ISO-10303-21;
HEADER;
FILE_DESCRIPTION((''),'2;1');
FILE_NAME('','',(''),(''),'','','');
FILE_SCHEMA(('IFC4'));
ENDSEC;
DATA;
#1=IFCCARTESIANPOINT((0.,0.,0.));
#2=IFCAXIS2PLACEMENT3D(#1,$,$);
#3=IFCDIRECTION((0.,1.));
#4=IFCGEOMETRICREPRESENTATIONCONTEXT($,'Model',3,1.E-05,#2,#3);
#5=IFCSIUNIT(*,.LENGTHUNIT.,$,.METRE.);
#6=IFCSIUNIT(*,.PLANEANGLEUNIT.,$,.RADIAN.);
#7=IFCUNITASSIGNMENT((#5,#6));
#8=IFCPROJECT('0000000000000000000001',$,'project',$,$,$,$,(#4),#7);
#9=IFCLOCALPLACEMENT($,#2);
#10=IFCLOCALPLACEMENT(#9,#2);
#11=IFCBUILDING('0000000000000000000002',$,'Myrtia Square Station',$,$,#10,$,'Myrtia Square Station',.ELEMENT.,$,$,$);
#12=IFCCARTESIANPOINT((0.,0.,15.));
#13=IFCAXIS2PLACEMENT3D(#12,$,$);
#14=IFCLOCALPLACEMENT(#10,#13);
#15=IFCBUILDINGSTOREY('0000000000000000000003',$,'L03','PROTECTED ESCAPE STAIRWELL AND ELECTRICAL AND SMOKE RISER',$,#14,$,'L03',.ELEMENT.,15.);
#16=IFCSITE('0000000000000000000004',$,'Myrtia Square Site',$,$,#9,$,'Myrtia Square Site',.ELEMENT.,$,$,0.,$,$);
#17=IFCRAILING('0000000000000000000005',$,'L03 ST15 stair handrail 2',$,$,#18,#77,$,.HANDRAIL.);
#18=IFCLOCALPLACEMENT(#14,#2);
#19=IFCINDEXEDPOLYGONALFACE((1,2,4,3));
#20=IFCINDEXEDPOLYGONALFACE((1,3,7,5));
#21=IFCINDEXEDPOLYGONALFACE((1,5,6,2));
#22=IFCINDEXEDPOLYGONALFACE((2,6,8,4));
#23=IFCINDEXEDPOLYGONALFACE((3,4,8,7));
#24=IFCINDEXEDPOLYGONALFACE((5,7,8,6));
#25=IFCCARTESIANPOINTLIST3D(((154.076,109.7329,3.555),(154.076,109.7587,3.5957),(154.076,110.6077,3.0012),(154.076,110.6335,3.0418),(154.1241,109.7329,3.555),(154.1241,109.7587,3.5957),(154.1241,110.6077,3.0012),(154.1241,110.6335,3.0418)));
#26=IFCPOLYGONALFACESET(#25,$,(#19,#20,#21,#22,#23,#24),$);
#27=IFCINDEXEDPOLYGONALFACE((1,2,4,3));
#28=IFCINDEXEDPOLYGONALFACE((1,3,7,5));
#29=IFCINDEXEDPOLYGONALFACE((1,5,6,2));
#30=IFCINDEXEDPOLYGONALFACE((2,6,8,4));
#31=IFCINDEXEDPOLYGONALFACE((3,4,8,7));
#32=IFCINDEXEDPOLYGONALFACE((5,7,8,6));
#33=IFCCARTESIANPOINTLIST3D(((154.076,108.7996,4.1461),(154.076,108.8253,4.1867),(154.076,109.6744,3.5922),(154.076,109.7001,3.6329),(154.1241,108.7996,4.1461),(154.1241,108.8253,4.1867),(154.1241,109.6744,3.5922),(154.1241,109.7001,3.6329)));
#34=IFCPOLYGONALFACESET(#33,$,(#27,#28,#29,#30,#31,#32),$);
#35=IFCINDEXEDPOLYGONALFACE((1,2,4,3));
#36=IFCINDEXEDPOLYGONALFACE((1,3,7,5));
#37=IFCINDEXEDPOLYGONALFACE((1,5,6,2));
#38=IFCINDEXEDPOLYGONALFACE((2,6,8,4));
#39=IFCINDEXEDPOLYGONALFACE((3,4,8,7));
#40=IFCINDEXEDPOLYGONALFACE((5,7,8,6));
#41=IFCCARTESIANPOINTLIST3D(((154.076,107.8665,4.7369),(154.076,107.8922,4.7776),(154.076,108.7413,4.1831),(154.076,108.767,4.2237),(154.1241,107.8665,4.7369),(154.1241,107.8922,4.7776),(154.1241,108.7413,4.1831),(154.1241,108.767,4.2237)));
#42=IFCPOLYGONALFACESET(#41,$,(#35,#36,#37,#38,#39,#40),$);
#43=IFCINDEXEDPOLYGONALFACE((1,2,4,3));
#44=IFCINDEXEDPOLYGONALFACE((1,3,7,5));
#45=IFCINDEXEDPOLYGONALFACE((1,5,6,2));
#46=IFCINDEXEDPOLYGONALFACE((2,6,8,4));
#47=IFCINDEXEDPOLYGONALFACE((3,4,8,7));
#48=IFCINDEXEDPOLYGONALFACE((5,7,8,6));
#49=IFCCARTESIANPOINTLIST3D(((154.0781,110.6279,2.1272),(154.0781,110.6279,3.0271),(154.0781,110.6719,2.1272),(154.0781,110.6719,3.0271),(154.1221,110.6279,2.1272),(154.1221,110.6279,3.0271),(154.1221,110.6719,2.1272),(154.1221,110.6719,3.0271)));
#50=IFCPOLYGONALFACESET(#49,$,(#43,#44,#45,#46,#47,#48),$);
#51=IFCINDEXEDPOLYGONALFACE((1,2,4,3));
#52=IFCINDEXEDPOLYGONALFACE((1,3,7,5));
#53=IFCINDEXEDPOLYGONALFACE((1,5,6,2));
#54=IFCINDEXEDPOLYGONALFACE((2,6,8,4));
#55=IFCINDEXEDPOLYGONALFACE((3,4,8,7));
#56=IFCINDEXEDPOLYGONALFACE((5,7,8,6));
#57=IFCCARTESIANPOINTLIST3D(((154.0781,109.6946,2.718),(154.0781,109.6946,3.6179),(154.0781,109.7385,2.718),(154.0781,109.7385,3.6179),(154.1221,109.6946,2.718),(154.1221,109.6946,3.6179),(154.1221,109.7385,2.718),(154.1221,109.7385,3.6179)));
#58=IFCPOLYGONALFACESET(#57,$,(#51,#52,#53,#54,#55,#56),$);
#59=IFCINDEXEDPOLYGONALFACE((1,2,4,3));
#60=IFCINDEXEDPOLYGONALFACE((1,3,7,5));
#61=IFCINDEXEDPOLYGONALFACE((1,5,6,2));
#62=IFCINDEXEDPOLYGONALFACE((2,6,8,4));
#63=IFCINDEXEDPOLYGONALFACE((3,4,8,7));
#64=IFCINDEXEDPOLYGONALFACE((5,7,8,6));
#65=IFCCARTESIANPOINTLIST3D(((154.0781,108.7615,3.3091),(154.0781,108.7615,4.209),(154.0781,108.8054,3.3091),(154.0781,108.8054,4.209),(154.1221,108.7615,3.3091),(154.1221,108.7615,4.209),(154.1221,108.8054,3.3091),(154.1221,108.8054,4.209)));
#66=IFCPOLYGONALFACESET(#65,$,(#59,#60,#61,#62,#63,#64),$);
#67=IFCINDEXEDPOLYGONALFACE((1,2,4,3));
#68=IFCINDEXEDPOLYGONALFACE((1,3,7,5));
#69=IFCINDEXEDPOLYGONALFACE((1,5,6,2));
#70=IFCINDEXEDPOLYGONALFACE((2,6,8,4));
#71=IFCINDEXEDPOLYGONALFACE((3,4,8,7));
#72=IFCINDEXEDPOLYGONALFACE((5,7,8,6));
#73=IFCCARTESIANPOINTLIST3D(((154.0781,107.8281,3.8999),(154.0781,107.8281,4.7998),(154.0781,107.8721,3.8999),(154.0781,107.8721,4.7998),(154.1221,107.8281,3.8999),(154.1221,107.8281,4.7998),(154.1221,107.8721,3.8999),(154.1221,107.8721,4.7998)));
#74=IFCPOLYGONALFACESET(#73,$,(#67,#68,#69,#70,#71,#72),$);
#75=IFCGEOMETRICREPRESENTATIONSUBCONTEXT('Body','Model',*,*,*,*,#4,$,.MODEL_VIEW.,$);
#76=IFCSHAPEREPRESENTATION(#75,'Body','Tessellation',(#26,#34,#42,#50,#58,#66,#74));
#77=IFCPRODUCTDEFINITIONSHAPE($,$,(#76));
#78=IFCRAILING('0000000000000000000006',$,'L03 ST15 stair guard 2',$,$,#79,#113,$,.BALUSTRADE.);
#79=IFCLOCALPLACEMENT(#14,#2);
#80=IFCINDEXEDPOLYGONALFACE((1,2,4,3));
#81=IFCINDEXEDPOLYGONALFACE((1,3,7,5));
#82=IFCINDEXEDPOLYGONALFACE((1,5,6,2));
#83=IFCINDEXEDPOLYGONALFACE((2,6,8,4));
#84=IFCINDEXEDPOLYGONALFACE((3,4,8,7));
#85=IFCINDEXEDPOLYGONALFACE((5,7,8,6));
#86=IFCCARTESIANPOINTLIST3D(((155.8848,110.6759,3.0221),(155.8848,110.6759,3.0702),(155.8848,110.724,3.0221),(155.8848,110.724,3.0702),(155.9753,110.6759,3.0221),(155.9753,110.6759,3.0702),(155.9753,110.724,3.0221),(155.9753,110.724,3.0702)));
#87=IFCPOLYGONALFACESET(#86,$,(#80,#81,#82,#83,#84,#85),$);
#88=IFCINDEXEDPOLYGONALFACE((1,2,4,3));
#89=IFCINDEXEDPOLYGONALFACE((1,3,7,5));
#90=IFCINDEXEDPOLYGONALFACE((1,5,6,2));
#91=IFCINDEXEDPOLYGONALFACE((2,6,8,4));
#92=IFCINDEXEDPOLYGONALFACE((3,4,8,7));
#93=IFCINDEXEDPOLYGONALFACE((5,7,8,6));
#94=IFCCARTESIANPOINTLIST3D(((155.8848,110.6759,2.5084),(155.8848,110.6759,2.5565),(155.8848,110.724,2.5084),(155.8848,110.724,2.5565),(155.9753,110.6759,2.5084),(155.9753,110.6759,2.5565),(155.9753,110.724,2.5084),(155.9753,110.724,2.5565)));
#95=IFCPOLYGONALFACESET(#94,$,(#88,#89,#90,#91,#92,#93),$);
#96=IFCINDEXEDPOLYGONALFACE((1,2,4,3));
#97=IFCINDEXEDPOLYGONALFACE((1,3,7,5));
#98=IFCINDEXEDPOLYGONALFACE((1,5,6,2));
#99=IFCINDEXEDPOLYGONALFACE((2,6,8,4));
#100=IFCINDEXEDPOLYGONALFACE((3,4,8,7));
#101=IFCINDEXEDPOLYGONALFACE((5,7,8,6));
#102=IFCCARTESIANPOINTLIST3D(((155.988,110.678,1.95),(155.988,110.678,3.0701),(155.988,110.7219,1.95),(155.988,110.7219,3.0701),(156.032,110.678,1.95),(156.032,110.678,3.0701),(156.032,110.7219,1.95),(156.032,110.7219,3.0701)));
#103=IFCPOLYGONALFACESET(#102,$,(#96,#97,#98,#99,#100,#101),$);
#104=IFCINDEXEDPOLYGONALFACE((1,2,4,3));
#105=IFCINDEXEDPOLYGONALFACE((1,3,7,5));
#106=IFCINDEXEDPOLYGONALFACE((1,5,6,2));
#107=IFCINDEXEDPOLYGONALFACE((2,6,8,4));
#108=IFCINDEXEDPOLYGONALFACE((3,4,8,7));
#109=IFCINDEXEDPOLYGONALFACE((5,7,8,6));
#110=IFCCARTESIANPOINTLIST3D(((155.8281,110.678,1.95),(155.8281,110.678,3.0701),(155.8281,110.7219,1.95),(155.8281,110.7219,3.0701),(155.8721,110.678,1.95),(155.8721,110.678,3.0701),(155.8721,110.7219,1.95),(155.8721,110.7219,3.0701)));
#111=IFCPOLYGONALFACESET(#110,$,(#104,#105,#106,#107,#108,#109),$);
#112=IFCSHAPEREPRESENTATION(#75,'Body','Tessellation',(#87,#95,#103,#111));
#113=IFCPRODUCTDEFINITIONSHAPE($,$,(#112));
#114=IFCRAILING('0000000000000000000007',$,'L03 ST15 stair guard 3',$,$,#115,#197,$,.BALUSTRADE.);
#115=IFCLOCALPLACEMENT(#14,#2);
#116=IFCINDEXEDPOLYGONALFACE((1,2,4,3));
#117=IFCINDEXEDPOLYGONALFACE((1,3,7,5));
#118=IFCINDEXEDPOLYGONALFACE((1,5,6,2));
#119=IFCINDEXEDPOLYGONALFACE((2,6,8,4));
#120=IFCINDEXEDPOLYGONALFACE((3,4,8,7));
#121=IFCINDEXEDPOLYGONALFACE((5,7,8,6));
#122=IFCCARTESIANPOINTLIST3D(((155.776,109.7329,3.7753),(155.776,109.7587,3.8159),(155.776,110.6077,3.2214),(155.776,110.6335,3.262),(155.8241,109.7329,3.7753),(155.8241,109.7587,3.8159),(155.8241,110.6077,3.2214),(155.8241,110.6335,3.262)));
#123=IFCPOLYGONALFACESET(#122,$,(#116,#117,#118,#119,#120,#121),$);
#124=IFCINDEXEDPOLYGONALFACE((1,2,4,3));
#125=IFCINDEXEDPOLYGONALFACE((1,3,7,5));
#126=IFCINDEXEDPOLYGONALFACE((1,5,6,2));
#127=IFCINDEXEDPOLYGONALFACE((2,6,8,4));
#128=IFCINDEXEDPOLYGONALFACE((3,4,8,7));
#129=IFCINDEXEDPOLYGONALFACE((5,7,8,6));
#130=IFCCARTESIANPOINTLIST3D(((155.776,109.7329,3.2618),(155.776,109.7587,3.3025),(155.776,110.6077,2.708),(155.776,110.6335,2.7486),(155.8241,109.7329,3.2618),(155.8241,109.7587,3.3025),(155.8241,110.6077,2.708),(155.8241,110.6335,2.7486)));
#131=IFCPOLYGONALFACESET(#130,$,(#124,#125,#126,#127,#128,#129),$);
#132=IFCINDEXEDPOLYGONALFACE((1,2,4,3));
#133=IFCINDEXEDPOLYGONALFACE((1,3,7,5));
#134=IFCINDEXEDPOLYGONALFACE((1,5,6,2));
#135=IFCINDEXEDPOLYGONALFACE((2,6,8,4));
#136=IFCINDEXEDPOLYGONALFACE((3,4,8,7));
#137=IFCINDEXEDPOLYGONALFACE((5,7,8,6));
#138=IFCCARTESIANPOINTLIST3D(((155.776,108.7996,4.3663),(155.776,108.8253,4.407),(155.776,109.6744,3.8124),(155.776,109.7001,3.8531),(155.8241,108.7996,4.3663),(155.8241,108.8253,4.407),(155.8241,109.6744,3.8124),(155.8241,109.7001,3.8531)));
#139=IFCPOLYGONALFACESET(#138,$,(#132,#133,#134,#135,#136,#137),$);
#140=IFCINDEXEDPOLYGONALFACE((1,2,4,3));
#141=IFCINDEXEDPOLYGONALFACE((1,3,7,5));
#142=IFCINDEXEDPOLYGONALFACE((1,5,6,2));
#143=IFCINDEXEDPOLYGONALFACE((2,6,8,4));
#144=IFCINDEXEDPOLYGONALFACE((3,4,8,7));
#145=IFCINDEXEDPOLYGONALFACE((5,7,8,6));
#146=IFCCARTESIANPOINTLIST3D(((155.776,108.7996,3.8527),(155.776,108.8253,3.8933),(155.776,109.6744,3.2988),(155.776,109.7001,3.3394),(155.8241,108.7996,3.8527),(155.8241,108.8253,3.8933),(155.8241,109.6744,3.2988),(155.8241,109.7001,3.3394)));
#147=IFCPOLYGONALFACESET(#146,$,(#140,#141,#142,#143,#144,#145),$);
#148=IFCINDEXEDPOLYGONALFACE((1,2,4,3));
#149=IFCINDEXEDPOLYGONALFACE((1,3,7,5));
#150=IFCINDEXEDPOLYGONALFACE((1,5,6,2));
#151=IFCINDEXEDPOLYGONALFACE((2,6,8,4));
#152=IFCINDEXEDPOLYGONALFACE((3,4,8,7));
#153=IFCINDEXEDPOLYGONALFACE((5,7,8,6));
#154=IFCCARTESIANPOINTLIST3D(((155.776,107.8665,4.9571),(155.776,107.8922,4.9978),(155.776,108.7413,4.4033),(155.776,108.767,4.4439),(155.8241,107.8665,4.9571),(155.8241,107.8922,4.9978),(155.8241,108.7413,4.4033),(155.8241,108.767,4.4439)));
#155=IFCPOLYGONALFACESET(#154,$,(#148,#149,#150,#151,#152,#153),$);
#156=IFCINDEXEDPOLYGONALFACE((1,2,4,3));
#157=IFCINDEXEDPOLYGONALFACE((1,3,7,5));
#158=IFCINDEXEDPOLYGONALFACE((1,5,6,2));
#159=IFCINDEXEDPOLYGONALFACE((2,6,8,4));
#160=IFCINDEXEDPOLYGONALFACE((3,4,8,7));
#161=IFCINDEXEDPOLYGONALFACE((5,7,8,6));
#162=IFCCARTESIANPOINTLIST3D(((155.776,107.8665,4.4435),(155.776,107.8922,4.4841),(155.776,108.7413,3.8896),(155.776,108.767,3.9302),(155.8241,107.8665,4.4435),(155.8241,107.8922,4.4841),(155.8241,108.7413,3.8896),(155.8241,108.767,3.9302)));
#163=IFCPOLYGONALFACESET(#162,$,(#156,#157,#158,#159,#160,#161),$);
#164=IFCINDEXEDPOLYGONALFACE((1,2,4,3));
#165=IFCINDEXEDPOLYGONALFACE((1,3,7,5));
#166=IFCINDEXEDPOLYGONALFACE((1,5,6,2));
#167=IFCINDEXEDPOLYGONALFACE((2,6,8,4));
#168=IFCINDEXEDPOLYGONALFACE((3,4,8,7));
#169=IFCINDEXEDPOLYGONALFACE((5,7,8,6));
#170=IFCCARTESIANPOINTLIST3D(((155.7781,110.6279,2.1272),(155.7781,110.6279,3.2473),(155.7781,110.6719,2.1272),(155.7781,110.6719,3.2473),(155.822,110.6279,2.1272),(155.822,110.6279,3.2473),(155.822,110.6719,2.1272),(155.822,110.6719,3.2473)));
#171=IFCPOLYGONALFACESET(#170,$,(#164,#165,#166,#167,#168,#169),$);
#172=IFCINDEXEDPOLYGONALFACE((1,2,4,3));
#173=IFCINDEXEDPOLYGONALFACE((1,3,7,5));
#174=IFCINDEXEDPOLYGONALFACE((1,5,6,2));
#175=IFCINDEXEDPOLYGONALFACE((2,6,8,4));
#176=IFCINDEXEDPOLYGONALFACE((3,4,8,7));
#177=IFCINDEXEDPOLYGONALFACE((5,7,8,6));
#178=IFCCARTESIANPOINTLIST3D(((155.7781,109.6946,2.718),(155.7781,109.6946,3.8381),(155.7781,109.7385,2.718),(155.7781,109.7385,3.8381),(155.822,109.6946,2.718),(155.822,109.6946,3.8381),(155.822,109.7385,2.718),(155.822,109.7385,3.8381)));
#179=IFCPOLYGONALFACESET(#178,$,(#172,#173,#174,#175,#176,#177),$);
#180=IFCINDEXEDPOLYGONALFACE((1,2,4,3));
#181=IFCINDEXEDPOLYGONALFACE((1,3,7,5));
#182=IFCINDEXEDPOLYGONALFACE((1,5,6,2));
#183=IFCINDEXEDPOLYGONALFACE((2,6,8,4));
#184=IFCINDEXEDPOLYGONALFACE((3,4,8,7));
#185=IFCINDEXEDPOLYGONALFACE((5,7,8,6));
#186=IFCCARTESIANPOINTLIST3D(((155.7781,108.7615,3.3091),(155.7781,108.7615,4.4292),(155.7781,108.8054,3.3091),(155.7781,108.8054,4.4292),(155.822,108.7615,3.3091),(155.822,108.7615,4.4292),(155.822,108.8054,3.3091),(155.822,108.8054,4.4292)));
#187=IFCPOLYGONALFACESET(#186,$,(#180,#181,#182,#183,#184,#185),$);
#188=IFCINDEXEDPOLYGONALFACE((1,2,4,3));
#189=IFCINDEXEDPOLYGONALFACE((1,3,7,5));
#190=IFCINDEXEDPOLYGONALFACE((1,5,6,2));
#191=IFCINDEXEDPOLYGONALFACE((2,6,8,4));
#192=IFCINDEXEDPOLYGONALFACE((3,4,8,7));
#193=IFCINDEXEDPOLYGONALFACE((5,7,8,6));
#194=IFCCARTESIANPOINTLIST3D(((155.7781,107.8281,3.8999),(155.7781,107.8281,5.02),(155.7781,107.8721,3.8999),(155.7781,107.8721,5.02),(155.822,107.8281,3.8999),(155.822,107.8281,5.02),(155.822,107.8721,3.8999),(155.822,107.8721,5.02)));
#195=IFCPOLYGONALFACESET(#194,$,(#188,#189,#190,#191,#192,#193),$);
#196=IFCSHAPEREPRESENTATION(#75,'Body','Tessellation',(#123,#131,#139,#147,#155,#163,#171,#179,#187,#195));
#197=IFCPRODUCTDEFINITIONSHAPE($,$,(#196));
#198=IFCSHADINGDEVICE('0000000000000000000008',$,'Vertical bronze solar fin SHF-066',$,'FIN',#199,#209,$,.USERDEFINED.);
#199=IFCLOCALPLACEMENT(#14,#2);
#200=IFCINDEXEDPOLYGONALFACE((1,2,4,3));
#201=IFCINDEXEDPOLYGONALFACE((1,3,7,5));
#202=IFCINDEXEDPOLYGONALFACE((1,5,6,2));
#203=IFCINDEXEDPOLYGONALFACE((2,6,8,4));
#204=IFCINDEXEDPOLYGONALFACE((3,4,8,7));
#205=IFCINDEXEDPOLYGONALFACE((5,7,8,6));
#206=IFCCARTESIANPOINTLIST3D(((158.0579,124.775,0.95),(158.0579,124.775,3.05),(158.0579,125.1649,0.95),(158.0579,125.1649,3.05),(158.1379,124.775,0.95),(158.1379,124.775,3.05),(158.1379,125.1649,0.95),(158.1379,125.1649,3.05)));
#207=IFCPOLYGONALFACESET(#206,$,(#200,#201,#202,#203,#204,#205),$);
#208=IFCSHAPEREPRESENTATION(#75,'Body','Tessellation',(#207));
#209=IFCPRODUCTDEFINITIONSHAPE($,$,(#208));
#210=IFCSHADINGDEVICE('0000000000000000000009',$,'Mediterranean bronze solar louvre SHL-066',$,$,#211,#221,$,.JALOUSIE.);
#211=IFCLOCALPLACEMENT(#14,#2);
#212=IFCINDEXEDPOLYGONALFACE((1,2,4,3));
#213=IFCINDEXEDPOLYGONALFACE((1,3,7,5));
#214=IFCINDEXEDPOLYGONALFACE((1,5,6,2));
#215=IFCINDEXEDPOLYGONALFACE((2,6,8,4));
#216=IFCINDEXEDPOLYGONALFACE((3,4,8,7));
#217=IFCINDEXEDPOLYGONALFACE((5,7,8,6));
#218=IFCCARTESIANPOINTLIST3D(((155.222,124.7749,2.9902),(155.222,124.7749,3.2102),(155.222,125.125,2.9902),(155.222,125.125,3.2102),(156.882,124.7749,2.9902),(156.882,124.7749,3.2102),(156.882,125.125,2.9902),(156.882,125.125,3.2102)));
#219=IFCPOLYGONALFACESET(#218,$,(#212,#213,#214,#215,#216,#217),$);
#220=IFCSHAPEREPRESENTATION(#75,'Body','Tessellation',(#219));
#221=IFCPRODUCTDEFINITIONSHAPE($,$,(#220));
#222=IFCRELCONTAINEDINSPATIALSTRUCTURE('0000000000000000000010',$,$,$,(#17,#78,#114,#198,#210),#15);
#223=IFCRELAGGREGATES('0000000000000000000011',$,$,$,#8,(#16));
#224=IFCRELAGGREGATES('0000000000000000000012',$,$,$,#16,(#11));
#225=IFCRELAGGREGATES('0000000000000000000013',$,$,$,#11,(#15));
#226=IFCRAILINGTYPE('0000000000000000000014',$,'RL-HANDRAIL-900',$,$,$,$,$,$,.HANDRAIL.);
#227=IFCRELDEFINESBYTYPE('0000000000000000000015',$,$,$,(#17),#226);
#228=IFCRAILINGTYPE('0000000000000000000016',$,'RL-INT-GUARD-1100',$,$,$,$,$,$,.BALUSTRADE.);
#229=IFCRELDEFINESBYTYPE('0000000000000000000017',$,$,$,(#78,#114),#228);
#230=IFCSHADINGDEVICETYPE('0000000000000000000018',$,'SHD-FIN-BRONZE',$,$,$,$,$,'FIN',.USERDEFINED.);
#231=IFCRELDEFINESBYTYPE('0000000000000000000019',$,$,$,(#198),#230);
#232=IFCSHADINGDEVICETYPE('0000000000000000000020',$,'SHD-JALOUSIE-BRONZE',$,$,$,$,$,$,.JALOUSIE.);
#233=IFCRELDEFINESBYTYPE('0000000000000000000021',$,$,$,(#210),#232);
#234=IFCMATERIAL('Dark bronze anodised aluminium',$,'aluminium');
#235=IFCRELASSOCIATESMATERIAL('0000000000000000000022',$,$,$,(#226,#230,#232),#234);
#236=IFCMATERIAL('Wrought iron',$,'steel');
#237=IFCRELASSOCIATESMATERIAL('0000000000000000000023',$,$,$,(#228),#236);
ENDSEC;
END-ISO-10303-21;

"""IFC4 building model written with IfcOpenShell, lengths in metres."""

from ifc_helpers import new_model, si_unit, direction, frame, origin, origin_2d, place, context, subcontext, project, spatial, rectangle, extrude, material, type_object, element, save


model = new_model("IFC4")

# Units and contexts
model_context = context("Model", 3, precision=1e-05, world=origin(), true_north=direction((0.0, 1.0)))
body_context = subcontext(model_context, "Body", "Model", "MODEL_VIEW")
ifc_project = project(units=[si_unit("LENGTHUNIT", "METRE"), si_unit("PLANEANGLEUNIT", "RADIAN")], contexts=[model_context])

# Site, building, storey
site_placement = place(None, origin())
site = spatial("IfcSite", under=ifc_project, at=site_placement, Name="Myrtia Square Site", LongName="Myrtia Square Site", CompositionType="ELEMENT", RefElevation=0.0)
building_placement = place(site_placement, origin())
building = spatial("IfcBuilding", under=site, at=building_placement, Name="Myrtia Square Station", LongName="Myrtia Square Station", CompositionType="ELEMENT")
storey_placement = place(building_placement, frame((0.0, 0.0, 15.0)))
storey = spatial("IfcBuildingStorey", under=building, at=storey_placement, Name="L03", Description="PROTECTED ESCAPE STAIRWELL AND ELECTRICAL AND SMOKE RISER", LongName="L03", CompositionType="ELEMENT", Elevation=15.0)

# Railings
ifc_material_1 = material(Name="Dark bronze anodised aluminium", Category="aluminium")
railing_type_1 = type_object("IfcRailingType", Name="RL-HANDRAIL-900", PredefinedType="HANDRAIL", material=ifc_material_1)
railing_1_placement = place(storey_placement, frame((154.1001, 110.6499, 2.1272)))
element("IfcRailing", 1, at=railing_1_placement, inside=storey, type_object=railing_type_1, Name="L03 ST15 stair handrail 2", PredefinedType="HANDRAIL", context=body_context, shape_type="SweptSolid", body=[
    extrude(rectangle(XDim=0.0481, YDim=0.0481, at=origin_2d()), frame((0.0, -0.0293, 0.8943), z_axis=(0.0, -0.844888, 0.534943), x_axis=(1.0, 0.0, 0.0)), (0.0, 0.0, 1.0), 1.0354),
    extrude(rectangle(XDim=0.0481, YDim=0.0481, at=origin_2d()), frame((0.0, -0.9626, 1.4854), z_axis=(0.0, -0.844888, 0.534943), x_axis=(1.0, 0.0, 0.0)), (0.0, 0.0, 1.0), 1.0354),
    extrude(rectangle(XDim=0.0481, YDim=0.0481, at=origin_2d()), frame((0.0, -1.8958, 2.0762), z_axis=(0.0, -0.844888, 0.534943), x_axis=(1.0, 0.0, 0.0)), (0.0, 0.0, 1.0), 1.0354),
    extrude(rectangle(XDim=0.0439, YDim=0.0439, at=origin_2d()), origin(), (0.0, 0.0, 1.0), 0.8999),
    extrude(rectangle(XDim=0.0439, YDim=0.0439, at=origin_2d()), frame((0.0, -0.9333, 0.5908)), (0.0, 0.0, 1.0), 0.8999),
    extrude(rectangle(XDim=0.0439, YDim=0.0439, at=origin_2d()), frame((0.0, -1.8665, 1.1819)), (0.0, 0.0, 1.0), 0.8999),
    extrude(rectangle(XDim=0.0439, YDim=0.0439, at=origin_2d()), frame((0.0, -2.7998, 1.7727)), (0.0, 0.0, 1.0), 0.8999),
])
ifc_material_2 = material(Name="Wrought iron", Category="steel")
railing_type_2 = type_object("IfcRailingType", Name="RL-INT-GUARD-1100", PredefinedType="BALUSTRADE", material=ifc_material_2)
railing_2_placement = place(storey_placement, frame((156.01, 110.7, 1.95)))
element("IfcRailing", 2, at=railing_2_placement, inside=storey, type_object=railing_type_2, Name="L03 ST15 stair guard 2", PredefinedType="BALUSTRADE", context=body_context, shape_type="SweptSolid", body=[
    extrude(rectangle(XDim=0.0481, YDim=0.0481, at=origin_2d()), frame((-0.0347, 0.0, 1.0962), z_axis=(-1.0, 0.0, 0.0), x_axis=(0.0, -1.0, 0.0)), (0.0, 0.0, 1.0), 0.0906),
    extrude(rectangle(XDim=0.0481, YDim=0.0481, at=origin_2d()), frame((-0.0347, 0.0, 0.5825), z_axis=(-1.0, 0.0, 0.0), x_axis=(0.0, -1.0, 0.0)), (0.0, 0.0, 1.0), 0.0906),
    extrude(rectangle(XDim=0.0439, YDim=0.0439, at=origin_2d()), origin(), (0.0, 0.0, 1.0), 1.1201),
    extrude(rectangle(XDim=0.0439, YDim=0.0439, at=origin_2d()), frame((-0.1599, 0.0, 0.0)), (0.0, 0.0, 1.0), 1.1201),
])
railing_3_placement = place(storey_placement, frame((155.8, 110.6499, 2.1272)))
element("IfcRailing", 3, at=railing_3_placement, inside=storey, type_object=railing_type_2, Name="L03 ST15 stair guard 3", PredefinedType="BALUSTRADE", context=body_context, shape_type="SweptSolid", body=[
    extrude(rectangle(XDim=0.0481, YDim=0.0481, at=origin_2d()), frame((0.0, -0.0293, 1.1145), z_axis=(0.0, -0.844888, 0.534943), x_axis=(1.0, 0.0, 0.0)), (0.0, 0.0, 1.0), 1.0354),
    extrude(rectangle(XDim=0.0481, YDim=0.0481, at=origin_2d()), frame((0.0, -0.0293, 0.6011), z_axis=(0.0, -0.844888, 0.534943), x_axis=(1.0, 0.0, 0.0)), (0.0, 0.0, 1.0), 1.0354),
    extrude(rectangle(XDim=0.0481, YDim=0.0481, at=origin_2d()), frame((0.0, -0.9626, 1.7056), z_axis=(0.0, -0.844888, 0.534943), x_axis=(1.0, 0.0, 0.0)), (0.0, 0.0, 1.0), 1.0354),
    extrude(rectangle(XDim=0.0481, YDim=0.0481, at=origin_2d()), frame((0.0, -0.9626, 1.1919), z_axis=(0.0, -0.844888, 0.534943), x_axis=(1.0, 0.0, 0.0)), (0.0, 0.0, 1.0), 1.0354),
    extrude(rectangle(XDim=0.0481, YDim=0.0481, at=origin_2d()), frame((0.0, -1.8958, 2.2964), z_axis=(0.0, -0.844888, 0.534943), x_axis=(1.0, 0.0, 0.0)), (0.0, 0.0, 1.0), 1.0354),
    extrude(rectangle(XDim=0.0481, YDim=0.0481, at=origin_2d()), frame((0.0, -1.8958, 1.7827), z_axis=(0.0, -0.844888, 0.534943), x_axis=(1.0, 0.0, 0.0)), (0.0, 0.0, 1.0), 1.0354),
    extrude(rectangle(XDim=0.0439, YDim=0.0439, at=origin_2d()), origin(), (0.0, 0.0, 1.0), 1.1201),
    extrude(rectangle(XDim=0.0439, YDim=0.0439, at=origin_2d()), frame((0.0, -0.9333, 0.5908)), (0.0, 0.0, 1.0), 1.1201),
    extrude(rectangle(XDim=0.0439, YDim=0.0439, at=origin_2d()), frame((0.0, -1.8665, 1.1819)), (0.0, 0.0, 1.0), 1.1201),
    extrude(rectangle(XDim=0.0439, YDim=0.0439, at=origin_2d()), frame((0.0, -2.7998, 1.7727)), (0.0, 0.0, 1.0), 1.1201),
])

# Shading devices
shading_device_type_1 = type_object("IfcShadingDeviceType", Name="SHD-FIN-BRONZE", ElementType="FIN", PredefinedType="USERDEFINED", material=ifc_material_1)
shading_device_1_placement = place(storey_placement, frame((158.0979, 124.97, 0.95), z_axis=(0.0, 0.0, 1.0), x_axis=(1.0, 0.0, 0.0)))
element("IfcShadingDevice", 4, at=shading_device_1_placement, inside=storey, type_object=shading_device_type_1, Name="Vertical bronze solar fin SHF-066", ObjectType="FIN", PredefinedType="USERDEFINED", context=body_context, shape_type="SweptSolid", body=[
    extrude(rectangle(XDim=0.0801, YDim=0.3899, at=origin_2d()), origin(), (0.0, 0.0, 1.0), 2.1001),
])
shading_device_type_2 = type_object("IfcShadingDeviceType", Name="SHD-JALOUSIE-BRONZE", PredefinedType="JALOUSIE", material=ifc_material_1)
shading_device_2_placement = place(storey_placement, frame((156.052, 124.95, 2.9902), z_axis=(0.0, 0.0, 1.0), x_axis=(1.0, 0.0, 0.0)))
element("IfcShadingDevice", 5, at=shading_device_2_placement, inside=storey, type_object=shading_device_type_2, Name="Mediterranean bronze solar louvre SHL-066", PredefinedType="JALOUSIE", context=body_context, shape_type="SweptSolid", body=[
    extrude(rectangle(XDim=1.6599, YDim=0.3501, at=origin_2d()), origin(), (0.0, 0.0, 1.0), 0.22),
])

save(model, "model.ifc")
